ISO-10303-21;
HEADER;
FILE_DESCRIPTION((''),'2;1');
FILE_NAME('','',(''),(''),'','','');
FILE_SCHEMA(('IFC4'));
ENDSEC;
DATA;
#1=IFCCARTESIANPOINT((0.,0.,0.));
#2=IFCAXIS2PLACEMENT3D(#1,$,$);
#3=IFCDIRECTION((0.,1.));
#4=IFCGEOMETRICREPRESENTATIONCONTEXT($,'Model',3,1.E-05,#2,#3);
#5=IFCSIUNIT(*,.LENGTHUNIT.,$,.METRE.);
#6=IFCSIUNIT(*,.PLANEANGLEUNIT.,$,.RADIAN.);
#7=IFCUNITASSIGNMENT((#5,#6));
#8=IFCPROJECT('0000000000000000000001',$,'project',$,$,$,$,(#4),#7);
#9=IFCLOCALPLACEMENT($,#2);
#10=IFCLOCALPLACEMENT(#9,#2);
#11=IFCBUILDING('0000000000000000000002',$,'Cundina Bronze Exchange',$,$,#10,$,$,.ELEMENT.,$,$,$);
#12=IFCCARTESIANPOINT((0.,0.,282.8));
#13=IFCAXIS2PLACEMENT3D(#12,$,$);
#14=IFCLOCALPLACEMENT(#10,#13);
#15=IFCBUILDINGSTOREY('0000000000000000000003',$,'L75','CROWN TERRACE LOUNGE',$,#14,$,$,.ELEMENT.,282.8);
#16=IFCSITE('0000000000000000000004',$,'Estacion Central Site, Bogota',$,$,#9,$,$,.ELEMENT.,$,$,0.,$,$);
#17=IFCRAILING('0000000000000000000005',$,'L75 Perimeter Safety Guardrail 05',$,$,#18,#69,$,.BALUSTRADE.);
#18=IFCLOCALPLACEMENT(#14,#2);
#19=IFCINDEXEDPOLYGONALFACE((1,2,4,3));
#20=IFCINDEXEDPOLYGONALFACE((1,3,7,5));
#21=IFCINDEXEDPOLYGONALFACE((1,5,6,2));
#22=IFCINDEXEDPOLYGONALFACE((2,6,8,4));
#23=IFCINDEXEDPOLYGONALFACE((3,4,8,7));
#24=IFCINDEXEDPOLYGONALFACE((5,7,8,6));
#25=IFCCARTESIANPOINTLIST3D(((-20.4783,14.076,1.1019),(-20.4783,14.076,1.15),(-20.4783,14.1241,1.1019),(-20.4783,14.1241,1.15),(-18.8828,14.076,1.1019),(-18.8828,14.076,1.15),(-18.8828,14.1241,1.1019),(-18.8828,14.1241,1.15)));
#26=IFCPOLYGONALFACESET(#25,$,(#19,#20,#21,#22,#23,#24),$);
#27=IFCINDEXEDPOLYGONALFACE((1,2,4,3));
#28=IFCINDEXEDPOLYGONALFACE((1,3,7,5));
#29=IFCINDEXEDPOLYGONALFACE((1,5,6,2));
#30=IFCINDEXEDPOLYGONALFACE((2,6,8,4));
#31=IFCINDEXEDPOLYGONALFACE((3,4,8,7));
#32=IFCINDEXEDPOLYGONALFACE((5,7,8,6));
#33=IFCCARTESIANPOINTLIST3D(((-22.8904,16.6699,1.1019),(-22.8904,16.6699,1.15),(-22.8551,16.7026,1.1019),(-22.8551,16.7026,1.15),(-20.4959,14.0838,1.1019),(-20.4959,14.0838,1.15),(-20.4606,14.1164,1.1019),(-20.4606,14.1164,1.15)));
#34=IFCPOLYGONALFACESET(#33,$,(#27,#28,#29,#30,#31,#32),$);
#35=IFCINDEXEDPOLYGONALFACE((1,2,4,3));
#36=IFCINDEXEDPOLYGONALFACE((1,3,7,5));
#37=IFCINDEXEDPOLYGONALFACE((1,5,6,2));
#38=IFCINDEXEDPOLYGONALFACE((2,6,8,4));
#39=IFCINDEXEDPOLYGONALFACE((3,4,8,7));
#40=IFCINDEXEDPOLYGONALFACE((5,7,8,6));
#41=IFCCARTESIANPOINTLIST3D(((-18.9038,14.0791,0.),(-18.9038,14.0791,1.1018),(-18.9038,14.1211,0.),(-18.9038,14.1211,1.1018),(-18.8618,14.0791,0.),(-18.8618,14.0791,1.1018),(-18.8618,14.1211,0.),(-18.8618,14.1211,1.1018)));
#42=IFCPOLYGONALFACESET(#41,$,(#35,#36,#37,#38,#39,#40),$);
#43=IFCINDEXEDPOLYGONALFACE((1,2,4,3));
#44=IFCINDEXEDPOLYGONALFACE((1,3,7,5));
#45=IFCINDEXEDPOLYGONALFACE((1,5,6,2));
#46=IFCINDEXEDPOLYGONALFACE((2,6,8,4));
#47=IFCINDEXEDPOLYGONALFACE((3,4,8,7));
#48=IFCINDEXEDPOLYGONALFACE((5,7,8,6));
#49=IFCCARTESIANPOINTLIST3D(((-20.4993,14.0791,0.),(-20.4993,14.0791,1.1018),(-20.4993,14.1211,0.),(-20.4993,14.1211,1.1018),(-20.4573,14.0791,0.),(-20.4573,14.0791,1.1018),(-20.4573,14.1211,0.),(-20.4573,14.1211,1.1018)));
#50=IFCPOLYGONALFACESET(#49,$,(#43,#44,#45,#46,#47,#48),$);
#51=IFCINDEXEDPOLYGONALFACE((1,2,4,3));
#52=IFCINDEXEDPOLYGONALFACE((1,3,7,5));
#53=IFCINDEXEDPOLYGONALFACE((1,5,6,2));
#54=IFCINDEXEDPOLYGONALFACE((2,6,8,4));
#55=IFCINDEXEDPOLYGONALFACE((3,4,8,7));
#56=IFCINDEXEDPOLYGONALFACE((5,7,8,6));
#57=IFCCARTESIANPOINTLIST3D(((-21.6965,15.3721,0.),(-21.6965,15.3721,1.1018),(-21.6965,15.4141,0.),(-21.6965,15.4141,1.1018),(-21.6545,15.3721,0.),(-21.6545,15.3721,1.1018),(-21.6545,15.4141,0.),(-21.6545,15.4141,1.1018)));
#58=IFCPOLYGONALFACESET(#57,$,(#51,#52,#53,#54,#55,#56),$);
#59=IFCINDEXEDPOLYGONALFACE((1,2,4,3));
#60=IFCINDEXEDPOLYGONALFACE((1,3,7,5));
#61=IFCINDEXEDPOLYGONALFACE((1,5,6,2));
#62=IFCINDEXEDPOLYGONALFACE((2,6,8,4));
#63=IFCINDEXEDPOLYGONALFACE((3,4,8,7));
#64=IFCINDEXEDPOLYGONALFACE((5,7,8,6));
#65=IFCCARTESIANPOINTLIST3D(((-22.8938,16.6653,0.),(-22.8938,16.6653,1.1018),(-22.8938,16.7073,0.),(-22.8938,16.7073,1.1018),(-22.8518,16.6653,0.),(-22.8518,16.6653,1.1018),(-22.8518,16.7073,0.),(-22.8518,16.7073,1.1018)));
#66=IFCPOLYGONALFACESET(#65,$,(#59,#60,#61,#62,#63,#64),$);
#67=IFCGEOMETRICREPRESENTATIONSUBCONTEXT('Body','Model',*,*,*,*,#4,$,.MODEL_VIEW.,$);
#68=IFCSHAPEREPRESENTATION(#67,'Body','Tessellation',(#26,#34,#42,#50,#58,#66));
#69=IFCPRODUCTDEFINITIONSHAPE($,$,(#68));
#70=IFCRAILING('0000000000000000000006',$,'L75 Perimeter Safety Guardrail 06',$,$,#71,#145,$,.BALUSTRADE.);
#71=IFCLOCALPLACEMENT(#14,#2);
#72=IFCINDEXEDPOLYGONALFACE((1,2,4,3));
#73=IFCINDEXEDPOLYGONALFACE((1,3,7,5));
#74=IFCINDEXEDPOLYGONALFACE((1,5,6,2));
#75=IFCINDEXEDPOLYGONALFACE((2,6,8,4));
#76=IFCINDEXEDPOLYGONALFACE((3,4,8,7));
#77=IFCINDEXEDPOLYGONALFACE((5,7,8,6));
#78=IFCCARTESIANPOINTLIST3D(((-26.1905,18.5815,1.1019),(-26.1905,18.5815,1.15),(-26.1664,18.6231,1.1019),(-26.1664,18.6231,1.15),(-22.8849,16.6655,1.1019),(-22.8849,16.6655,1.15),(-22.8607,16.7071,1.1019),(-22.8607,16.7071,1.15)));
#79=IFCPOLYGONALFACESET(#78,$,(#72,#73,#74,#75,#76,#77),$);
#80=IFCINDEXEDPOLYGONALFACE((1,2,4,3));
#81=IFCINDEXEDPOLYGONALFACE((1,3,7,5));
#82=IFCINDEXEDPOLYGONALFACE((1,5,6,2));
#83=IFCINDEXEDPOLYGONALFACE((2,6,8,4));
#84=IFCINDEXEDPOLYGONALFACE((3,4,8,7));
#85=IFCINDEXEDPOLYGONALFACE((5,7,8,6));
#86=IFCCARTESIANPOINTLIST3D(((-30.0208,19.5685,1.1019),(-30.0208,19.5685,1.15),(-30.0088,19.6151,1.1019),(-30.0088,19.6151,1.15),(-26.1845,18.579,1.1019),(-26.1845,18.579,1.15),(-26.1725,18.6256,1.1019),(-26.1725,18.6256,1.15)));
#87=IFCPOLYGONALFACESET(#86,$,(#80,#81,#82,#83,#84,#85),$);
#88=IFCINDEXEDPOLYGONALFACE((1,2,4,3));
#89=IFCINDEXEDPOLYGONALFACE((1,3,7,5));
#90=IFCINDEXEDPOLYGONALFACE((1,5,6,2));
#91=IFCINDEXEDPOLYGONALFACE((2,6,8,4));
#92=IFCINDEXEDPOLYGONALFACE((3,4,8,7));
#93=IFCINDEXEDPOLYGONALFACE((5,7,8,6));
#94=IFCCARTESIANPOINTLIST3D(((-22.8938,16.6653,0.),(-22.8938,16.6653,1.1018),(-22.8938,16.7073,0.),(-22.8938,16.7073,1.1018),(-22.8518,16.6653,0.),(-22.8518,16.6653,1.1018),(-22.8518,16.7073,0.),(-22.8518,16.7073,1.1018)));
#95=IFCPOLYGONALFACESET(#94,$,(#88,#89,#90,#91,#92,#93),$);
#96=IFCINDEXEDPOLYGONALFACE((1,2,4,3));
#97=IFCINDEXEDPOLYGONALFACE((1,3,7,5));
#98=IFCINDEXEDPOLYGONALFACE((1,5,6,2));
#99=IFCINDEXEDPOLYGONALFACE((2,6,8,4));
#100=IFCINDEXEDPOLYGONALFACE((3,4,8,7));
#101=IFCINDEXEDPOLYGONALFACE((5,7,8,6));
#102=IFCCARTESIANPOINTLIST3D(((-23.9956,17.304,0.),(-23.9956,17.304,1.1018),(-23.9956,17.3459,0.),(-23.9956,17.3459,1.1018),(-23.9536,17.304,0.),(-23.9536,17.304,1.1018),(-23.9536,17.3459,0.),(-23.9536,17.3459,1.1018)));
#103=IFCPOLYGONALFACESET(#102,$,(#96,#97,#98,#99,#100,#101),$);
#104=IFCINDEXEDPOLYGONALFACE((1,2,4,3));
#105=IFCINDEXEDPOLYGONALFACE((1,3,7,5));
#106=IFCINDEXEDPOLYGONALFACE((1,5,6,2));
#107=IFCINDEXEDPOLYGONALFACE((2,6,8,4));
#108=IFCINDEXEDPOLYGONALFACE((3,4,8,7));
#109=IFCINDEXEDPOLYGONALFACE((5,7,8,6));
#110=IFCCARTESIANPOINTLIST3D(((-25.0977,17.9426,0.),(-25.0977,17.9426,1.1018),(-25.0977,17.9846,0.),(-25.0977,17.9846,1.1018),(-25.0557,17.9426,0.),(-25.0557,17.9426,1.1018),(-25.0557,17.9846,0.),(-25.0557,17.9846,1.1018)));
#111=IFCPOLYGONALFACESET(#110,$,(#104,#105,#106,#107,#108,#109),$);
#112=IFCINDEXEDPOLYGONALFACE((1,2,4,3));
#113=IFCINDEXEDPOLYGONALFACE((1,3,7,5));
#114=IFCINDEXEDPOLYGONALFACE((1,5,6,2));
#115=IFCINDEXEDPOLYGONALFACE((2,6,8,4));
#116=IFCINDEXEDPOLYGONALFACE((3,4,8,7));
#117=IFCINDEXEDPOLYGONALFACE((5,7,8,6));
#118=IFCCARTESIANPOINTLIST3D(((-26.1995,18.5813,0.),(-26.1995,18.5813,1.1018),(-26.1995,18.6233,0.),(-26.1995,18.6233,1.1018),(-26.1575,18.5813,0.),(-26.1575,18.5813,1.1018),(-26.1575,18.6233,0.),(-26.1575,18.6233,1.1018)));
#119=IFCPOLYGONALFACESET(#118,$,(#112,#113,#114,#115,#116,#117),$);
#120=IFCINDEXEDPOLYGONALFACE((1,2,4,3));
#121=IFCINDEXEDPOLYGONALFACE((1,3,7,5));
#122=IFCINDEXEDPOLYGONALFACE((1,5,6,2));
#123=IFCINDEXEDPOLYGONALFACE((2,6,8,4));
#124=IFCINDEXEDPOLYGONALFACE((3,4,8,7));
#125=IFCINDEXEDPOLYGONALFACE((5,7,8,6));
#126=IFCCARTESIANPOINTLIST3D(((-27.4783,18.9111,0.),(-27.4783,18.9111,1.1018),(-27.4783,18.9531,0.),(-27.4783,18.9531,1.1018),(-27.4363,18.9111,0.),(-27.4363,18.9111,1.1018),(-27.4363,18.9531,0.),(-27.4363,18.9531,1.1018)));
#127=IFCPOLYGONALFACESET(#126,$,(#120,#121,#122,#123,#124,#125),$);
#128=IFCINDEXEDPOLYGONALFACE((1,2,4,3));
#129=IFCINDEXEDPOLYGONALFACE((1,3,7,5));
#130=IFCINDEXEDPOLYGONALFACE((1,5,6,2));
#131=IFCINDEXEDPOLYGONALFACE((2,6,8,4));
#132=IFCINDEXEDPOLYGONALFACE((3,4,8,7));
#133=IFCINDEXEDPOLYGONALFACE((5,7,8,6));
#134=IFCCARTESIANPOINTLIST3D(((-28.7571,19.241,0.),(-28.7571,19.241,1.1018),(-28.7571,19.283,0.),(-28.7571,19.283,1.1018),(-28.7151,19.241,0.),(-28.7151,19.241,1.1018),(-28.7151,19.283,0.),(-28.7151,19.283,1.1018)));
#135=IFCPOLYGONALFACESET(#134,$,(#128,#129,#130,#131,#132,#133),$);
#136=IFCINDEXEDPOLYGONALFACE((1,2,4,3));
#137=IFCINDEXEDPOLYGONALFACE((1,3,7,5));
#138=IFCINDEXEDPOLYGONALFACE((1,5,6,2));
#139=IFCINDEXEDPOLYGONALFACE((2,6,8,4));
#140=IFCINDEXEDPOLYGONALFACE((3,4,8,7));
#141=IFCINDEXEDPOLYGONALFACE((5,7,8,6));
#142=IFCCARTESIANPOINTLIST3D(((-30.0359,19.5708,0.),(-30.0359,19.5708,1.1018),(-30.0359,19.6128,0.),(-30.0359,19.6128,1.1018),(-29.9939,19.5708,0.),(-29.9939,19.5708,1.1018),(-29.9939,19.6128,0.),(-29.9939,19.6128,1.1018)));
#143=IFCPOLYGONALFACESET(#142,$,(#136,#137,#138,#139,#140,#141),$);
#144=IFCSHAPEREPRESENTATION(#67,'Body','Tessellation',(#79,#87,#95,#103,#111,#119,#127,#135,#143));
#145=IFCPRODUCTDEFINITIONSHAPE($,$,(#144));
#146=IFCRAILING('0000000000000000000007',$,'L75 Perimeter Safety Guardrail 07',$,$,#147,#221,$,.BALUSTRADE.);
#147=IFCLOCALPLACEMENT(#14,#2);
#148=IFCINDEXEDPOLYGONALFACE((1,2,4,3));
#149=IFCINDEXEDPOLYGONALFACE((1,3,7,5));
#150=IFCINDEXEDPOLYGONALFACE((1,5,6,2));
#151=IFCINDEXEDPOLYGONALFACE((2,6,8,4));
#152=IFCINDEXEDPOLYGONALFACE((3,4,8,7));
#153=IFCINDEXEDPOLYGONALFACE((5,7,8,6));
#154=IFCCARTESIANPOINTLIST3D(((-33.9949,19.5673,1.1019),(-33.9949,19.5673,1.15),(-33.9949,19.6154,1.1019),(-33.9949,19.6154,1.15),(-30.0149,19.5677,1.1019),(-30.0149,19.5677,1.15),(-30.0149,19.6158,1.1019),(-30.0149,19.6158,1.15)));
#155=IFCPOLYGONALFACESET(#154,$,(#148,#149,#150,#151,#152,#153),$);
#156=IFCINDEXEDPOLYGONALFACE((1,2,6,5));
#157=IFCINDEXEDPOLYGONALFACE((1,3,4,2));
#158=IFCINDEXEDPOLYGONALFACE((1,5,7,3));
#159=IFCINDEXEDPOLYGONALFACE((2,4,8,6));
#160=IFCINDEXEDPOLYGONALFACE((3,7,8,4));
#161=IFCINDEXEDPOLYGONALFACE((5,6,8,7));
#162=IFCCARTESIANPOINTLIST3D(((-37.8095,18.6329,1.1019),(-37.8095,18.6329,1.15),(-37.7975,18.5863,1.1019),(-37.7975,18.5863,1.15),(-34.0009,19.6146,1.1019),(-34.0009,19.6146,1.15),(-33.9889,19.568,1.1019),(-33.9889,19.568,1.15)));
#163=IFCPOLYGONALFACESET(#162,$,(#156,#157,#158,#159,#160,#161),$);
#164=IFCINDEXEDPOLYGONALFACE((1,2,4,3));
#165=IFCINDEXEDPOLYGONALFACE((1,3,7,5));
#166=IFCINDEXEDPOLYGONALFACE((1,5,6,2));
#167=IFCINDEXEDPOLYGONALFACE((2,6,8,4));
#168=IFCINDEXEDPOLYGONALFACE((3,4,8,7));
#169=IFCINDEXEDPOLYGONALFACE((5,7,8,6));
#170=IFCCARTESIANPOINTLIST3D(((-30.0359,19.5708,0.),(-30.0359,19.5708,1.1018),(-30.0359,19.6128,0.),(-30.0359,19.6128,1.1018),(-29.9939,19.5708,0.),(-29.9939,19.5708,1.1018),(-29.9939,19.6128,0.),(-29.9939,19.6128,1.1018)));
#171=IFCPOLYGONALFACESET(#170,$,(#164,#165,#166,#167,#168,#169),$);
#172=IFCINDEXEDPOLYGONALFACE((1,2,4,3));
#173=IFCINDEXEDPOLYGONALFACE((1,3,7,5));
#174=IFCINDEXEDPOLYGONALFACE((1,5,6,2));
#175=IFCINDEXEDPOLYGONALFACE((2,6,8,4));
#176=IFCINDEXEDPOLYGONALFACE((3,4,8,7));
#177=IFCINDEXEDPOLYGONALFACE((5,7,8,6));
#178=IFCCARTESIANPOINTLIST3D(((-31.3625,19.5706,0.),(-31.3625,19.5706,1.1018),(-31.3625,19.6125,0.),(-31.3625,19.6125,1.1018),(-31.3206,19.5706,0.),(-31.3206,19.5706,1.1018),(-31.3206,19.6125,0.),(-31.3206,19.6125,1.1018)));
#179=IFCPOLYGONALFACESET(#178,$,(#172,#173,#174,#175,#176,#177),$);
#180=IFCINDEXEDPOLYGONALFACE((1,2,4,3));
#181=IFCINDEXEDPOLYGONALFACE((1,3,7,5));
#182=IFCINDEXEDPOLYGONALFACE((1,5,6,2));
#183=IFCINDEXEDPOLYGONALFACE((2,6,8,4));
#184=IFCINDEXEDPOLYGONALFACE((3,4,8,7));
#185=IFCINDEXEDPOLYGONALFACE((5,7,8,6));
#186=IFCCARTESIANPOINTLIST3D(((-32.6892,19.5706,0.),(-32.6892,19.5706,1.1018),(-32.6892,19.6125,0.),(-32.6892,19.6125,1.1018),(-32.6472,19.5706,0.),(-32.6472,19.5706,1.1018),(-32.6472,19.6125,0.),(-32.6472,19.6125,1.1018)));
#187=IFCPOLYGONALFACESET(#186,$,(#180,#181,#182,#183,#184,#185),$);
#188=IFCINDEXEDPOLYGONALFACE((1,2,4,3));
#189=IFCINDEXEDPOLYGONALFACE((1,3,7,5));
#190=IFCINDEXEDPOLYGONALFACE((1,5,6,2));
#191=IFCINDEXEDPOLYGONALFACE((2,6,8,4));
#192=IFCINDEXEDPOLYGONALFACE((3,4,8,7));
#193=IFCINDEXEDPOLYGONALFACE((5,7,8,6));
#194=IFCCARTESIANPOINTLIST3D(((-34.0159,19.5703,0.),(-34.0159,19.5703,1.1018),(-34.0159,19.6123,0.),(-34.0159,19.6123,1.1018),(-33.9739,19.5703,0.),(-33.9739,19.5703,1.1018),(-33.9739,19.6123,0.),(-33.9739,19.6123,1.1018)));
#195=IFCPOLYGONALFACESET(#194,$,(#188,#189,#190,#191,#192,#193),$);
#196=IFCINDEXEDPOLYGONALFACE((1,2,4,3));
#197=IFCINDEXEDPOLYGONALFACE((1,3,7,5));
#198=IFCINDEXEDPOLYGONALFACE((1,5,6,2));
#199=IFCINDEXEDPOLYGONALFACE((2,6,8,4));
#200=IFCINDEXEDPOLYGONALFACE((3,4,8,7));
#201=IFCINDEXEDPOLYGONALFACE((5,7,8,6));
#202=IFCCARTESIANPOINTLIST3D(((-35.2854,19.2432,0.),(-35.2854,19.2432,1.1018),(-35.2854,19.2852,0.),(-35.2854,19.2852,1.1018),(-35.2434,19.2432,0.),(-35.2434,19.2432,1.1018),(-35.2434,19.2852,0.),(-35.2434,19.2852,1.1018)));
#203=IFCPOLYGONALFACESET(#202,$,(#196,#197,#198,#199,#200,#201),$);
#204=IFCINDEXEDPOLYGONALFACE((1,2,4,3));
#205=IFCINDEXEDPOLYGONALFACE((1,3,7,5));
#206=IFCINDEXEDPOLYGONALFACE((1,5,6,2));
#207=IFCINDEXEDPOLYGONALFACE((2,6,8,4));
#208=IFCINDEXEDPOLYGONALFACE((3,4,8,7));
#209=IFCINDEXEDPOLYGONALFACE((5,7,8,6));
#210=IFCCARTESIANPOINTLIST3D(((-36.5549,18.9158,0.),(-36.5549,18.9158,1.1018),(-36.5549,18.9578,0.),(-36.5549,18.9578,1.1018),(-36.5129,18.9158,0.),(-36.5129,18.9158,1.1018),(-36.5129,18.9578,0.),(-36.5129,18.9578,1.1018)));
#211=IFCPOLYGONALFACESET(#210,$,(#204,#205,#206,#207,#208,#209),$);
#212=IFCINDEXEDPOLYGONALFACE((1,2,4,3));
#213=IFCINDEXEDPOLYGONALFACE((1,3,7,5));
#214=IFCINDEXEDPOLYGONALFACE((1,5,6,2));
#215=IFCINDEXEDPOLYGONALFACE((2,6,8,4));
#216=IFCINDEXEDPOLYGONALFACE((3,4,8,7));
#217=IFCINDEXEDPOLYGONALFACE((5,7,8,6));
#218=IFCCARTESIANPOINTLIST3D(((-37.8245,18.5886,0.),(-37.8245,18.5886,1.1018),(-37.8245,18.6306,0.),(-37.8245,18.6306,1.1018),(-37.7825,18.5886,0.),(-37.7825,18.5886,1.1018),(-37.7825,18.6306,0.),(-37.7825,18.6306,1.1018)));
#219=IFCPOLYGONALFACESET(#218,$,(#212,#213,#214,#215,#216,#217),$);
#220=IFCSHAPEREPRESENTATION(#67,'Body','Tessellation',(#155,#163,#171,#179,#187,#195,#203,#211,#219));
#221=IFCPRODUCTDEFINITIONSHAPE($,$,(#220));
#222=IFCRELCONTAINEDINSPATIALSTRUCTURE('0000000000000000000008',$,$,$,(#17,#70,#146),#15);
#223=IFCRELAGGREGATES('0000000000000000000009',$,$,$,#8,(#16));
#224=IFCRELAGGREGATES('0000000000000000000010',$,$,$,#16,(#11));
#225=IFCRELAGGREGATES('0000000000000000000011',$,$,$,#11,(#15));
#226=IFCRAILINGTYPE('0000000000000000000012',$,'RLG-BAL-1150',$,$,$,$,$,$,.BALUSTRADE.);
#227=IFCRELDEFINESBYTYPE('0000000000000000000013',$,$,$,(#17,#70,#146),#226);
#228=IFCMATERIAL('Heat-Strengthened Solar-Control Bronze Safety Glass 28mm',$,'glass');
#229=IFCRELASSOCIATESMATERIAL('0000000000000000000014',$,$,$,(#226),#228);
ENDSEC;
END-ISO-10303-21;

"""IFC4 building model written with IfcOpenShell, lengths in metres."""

from ifc_helpers import new_model, si_unit, direction, frame, origin, origin_2d, place, context, subcontext, project, spatial, rectangle, extrude, material, type_object, element, save


model = new_model("IFC4")

# Units and contexts
model_context = context("Model", 3, precision=1e-05, world=origin(), true_north=direction((0.0, 1.0)))
body_context = subcontext(model_context, "Body", "Model", "MODEL_VIEW")
ifc_project = project(units=[si_unit("LENGTHUNIT", "METRE"), si_unit("PLANEANGLEUNIT", "RADIAN")], contexts=[model_context])

# Site, building, storey
site_placement = place(None, origin())
site = spatial("IfcSite", under=ifc_project, at=site_placement, Name="Estacion Central Site, Bogota", CompositionType="ELEMENT", RefElevation=0.0)
building_placement = place(site_placement, origin())
building = spatial("IfcBuilding", under=site, at=building_placement, Name="Cundina Bronze Exchange", CompositionType="ELEMENT")
storey_placement = place(building_placement, frame((0.0, 0.0, 282.8)))
storey = spatial("IfcBuildingStorey", under=building, at=storey_placement, Name="L75", Description="CROWN TERRACE LOUNGE", CompositionType="ELEMENT", Elevation=282.8)

# Railings
ifc_material_1 = material(Name="Heat-Strengthened Solar-Control Bronze Safety Glass 28mm", Category="glass")
railing_type = type_object("IfcRailingType", Name="RLG-BAL-1150", PredefinedType="BALUSTRADE", material=ifc_material_1)
railing_1_placement = place(storey_placement, frame((-18.8828, 14.1001, 0.0)))
element("IfcRailing", 1, at=railing_1_placement, inside=storey, type_object=railing_type, Name="L75 Perimeter Safety Guardrail 05", PredefinedType="BALUSTRADE", context=body_context, shape_type="SweptSolid", body=[
    extrude(rectangle(XDim=0.0481, YDim=0.0481, at=origin_2d()), frame((0.0, 0.0, 1.126), z_axis=(-1.0, 0.0, 0.0), x_axis=(0.0, -1.0, 0.0)), (0.0, 0.0, 1.0), 1.5955),
    extrude(rectangle(XDim=0.0481, YDim=0.0481, at=origin_2d()), frame((-1.5955, 0.0, 1.126), z_axis=(-0.679396, 0.733772, 0.0), x_axis=(-0.733772, -0.679396, 0.0)), (0.0, 0.0, 1.0), 3.5244),
    extrude(rectangle(XDim=0.042, YDim=0.042, at=origin_2d()), origin(), (0.0, 0.0, 1.0), 1.1018),
    extrude(rectangle(XDim=0.042, YDim=0.042, at=origin_2d()), frame((-1.5955, 0.0, 0.0)), (0.0, 0.0, 1.0), 1.1018),
    extrude(rectangle(XDim=0.042, YDim=0.042, at=origin_2d()), frame((-2.7927, 1.293, 0.0)), (0.0, 0.0, 1.0), 1.1018),
    extrude(rectangle(XDim=0.042, YDim=0.042, at=origin_2d()), frame((-3.99, 2.5862, 0.0)), (0.0, 0.0, 1.0), 1.1018),
])
railing_2_placement = place(storey_placement, frame((-22.8728, 16.6863, 0.0)))
element("IfcRailing", 2, at=railing_2_placement, inside=storey, type_object=railing_type, Name="L75 Perimeter Safety Guardrail 06", PredefinedType="BALUSTRADE", context=body_context, shape_type="SweptSolid", body=[
    extrude(rectangle(XDim=0.0481, YDim=0.0481, at=origin_2d()), frame((0.0, 0.0, 1.126), z_axis=(-0.865175, 0.501469, 0.0), x_axis=(-0.501469, -0.865175, 0.0)), (0.0, 0.0, 1.0), 3.8208),
    extrude(rectangle(XDim=0.0481, YDim=0.0481, at=origin_2d()), frame((-3.3057, 1.916, 1.126), z_axis=(-0.968311, 0.249749, 0.0), x_axis=(-0.249749, -0.968311, 0.0)), (0.0, 0.0, 1.0), 3.9619),
    extrude(rectangle(XDim=0.042, YDim=0.042, at=origin_2d()), origin(), (0.0, 0.0, 1.0), 1.1018),
    extrude(rectangle(XDim=0.042, YDim=0.042, at=origin_2d()), frame((-1.1018, 0.6387, 0.0)), (0.0, 0.0, 1.0), 1.1018),
    extrude(rectangle(XDim=0.042, YDim=0.042, at=origin_2d()), frame((-2.2039, 1.2773, 0.0)), (0.0, 0.0, 1.0), 1.1018),
    extrude(rectangle(XDim=0.042, YDim=0.042, at=origin_2d()), frame((-3.3057, 1.916, 0.0)), (0.0, 0.0, 1.0), 1.1018),
    extrude(rectangle(XDim=0.042, YDim=0.042, at=origin_2d()), frame((-4.5845, 2.2458, 0.0)), (0.0, 0.0, 1.0), 1.1018),
    extrude(rectangle(XDim=0.042, YDim=0.042, at=origin_2d()), frame((-5.8633, 2.5757, 0.0)), (0.0, 0.0, 1.0), 1.1018),
    extrude(rectangle(XDim=0.042, YDim=0.042, at=origin_2d()), frame((-7.1421, 2.9055, 0.0)), (0.0, 0.0, 1.0), 1.1018),
])
railing_3_placement = place(storey_placement, frame((-30.0149, 19.5918, 0.0)))
element("IfcRailing", 3, at=railing_3_placement, inside=storey, type_object=railing_type, Name="L75 Perimeter Safety Guardrail 07", PredefinedType="BALUSTRADE", context=body_context, shape_type="SweptSolid", body=[
    extrude(rectangle(XDim=0.0481, YDim=0.0481, at=origin_2d()), frame((0.0, 0.0, 1.126), z_axis=(-1.0, -0.000123, 0.0), x_axis=(0.000123, -1.0, 0.0)), (0.0, 0.0, 1.0), 3.98),
    extrude(rectangle(XDim=0.0481, YDim=0.0481, at=origin_2d()), frame((-3.98, -0.0005, 1.126), z_axis=(-0.968349, -0.249598, 0.0), x_axis=(0.249598, -0.968349, 0.0)), (0.0, 0.0, 1.0), 3.9331),
    extrude(rectangle(XDim=0.042, YDim=0.042, at=origin_2d()), origin(), (0.0, 0.0, 1.0), 1.1018),
    extrude(rectangle(XDim=0.042, YDim=0.042, at=origin_2d()), frame((-1.3267, -0.0002, 0.0)), (0.0, 0.0, 1.0), 1.1018),
    extrude(rectangle(XDim=0.042, YDim=0.042, at=origin_2d()), frame((-2.6533, -0.0002, 0.0)), (0.0, 0.0, 1.0), 1.1018),
    extrude(rectangle(XDim=0.042, YDim=0.042, at=origin_2d()), frame((-3.98, -0.0005, 0.0)), (0.0, 0.0, 1.0), 1.1018),
    extrude(rectangle(XDim=0.042, YDim=0.042, at=origin_2d()), frame((-5.2495, -0.3276, 0.0)), (0.0, 0.0, 1.0), 1.1018),
    extrude(rectangle(XDim=0.042, YDim=0.042, at=origin_2d()), frame((-6.519, -0.655, 0.0)), (0.0, 0.0, 1.0), 1.1018),
    extrude(rectangle(XDim=0.042, YDim=0.042, at=origin_2d()), frame((-7.7886, -0.9822, 0.0)), (0.0, 0.0, 1.0), 1.1018),
])

save(model, "model.ifc")
